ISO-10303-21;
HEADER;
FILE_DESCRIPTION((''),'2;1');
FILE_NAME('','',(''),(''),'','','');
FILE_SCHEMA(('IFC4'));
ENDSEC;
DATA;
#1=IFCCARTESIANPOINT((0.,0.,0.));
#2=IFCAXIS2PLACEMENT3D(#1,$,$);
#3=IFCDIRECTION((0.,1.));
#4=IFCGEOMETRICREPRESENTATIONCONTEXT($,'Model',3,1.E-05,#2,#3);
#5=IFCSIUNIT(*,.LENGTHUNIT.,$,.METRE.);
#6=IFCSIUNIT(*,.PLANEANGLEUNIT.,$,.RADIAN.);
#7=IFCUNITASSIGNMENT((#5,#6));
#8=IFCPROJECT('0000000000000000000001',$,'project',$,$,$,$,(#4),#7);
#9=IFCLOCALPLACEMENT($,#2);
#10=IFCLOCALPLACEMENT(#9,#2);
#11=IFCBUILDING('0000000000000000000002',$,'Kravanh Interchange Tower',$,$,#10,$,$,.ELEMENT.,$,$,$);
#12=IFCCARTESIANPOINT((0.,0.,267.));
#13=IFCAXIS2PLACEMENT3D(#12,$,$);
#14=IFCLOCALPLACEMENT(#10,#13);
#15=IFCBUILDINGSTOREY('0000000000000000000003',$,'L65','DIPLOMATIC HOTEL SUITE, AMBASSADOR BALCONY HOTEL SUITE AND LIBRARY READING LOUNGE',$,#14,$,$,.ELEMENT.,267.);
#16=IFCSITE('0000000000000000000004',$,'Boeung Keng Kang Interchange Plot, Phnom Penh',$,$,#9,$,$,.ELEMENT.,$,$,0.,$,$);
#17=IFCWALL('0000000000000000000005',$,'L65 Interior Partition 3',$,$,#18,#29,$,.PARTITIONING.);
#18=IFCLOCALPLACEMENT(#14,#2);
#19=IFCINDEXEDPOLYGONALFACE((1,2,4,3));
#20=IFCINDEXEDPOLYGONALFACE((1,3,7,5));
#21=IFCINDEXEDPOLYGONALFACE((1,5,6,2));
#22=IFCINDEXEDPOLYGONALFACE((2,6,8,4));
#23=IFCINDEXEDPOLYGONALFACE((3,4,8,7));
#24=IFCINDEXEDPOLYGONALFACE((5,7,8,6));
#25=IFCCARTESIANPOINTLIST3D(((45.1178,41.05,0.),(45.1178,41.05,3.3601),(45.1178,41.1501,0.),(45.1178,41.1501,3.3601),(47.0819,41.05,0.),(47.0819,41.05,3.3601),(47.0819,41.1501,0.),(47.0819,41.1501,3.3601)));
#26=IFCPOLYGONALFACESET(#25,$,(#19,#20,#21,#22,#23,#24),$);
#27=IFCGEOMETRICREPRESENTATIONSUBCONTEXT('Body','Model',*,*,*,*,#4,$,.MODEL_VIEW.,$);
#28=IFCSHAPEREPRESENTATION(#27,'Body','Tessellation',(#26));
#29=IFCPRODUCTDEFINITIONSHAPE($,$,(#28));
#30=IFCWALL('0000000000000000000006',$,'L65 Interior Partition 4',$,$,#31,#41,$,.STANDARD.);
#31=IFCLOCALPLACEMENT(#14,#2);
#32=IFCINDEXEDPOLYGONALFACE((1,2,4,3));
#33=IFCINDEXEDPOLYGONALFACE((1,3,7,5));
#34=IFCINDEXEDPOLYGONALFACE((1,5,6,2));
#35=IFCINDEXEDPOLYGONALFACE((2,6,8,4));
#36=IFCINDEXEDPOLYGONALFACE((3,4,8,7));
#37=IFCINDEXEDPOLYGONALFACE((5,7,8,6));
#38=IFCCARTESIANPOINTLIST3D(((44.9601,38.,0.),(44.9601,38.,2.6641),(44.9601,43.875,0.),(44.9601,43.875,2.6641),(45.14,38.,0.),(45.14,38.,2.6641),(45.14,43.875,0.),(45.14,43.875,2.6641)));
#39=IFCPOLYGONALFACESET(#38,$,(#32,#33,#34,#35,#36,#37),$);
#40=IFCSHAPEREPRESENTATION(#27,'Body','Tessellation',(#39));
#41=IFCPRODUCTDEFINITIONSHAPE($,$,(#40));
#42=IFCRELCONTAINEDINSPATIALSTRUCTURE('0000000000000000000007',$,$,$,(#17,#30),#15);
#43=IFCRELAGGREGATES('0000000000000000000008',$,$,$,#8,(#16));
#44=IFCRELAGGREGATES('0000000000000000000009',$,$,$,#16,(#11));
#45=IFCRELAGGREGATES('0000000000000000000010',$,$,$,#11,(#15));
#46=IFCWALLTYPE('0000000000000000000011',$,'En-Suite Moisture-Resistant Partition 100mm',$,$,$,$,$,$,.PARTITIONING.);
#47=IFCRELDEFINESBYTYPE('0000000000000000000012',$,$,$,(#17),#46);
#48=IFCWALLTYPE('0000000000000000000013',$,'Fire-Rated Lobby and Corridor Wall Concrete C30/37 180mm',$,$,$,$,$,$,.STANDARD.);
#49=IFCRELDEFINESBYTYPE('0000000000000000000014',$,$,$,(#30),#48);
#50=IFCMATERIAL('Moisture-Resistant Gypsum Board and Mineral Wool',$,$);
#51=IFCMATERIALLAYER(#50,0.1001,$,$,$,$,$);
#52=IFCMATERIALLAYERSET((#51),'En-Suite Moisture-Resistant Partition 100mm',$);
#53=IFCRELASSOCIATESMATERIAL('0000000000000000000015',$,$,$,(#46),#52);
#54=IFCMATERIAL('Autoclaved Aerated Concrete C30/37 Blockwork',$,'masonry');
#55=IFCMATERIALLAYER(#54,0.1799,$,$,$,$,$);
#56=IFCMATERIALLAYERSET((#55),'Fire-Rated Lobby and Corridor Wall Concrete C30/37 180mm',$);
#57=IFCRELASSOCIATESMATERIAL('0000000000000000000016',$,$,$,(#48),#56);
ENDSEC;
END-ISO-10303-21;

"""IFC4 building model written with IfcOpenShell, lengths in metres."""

from ifc_helpers import new_model, si_unit, direction, frame, frame_2d, origin, place, context, subcontext, project, spatial, rectangle, extrude, material, layer, layer_set, type_object, element, save


model = new_model("IFC4")

# Units and contexts
model_context = context("Model", 3, precision=1e-05, world=origin(), true_north=direction((0.0, 1.0)))
body_context = subcontext(model_context, "Body", "Model", "MODEL_VIEW")
ifc_project = project(units=[si_unit("LENGTHUNIT", "METRE"), si_unit("PLANEANGLEUNIT", "RADIAN")], contexts=[model_context])

# Site, building, storey
site_placement = place(None, origin())
site = spatial("IfcSite", under=ifc_project, at=site_placement, Name="Boeung Keng Kang Interchange Plot, Phnom Penh", CompositionType="ELEMENT", RefElevation=0.0)
building_placement = place(site_placement, origin())
building = spatial("IfcBuilding", under=site, at=building_placement, Name="Kravanh Interchange Tower", CompositionType="ELEMENT")
storey_placement = place(building_placement, frame((0.0, 0.0, 267.0)))
storey = spatial("IfcBuildingStorey", under=building, at=storey_placement, Name="L65", Description="DIPLOMATIC HOTEL SUITE, AMBASSADOR BALCONY HOTEL SUITE AND LIBRARY READING LOUNGE", CompositionType="ELEMENT", Elevation=267.0)

# Walls
ifc_material_1 = material(Name="Moisture-Resistant Gypsum Board and Mineral Wool")
ifc_layer_1 = layer(ifc_material_1, 0.1001)
ifc_layer_set_1 = layer_set([ifc_layer_1], Name="En-Suite Moisture-Resistant Partition 100mm")
wall_type_1 = type_object("IfcWallType", Name="En-Suite Moisture-Resistant Partition 100mm", PredefinedType="PARTITIONING", material=ifc_layer_set_1)
wall_1_placement = place(storey_placement, frame((45.1179, 41.1001, 0.0), z_axis=(0.0, 0.0, 1.0), x_axis=(1.0, 0.0, 0.0)))
element("IfcWall", 1, at=wall_1_placement, inside=storey, type_object=wall_type_1, Name="L65 Interior Partition 3", PredefinedType="PARTITIONING", context=body_context, shape_type="SweptSolid", body=[
    extrude(rectangle(XDim=1.9641, YDim=0.1001, at=frame_2d((0.9819, 0.0))), origin(), (0.0, 0.0, 1.0), 3.3601),
])
ifc_material_2 = material(Name="Autoclaved Aerated Concrete C30/37 Blockwork", Category="masonry")
ifc_layer_2 = layer(ifc_material_2, 0.1799)
ifc_layer_set_2 = layer_set([ifc_layer_2], Name="Fire-Rated Lobby and Corridor Wall Concrete C30/37 180mm")
wall_type_2 = type_object("IfcWallType", Name="Fire-Rated Lobby and Corridor Wall Concrete C30/37 180mm", PredefinedType="STANDARD", material=ifc_layer_set_2)
wall_2_placement = place(storey_placement, frame((45.05, 38.0, 0.0), z_axis=(0.0, 0.0, 1.0), x_axis=(0.0, 1.0, 0.0)))
element("IfcWall", 2, at=wall_2_placement, inside=storey, type_object=wall_type_2, Name="L65 Interior Partition 4", PredefinedType="STANDARD", context=body_context, shape_type="SweptSolid", body=[
    extrude(rectangle(XDim=5.875, YDim=0.1799, at=frame_2d((2.9375, 0.0))), origin(), (0.0, 0.0, 1.0), 2.6641),
])

save(model, "model.ifc")
